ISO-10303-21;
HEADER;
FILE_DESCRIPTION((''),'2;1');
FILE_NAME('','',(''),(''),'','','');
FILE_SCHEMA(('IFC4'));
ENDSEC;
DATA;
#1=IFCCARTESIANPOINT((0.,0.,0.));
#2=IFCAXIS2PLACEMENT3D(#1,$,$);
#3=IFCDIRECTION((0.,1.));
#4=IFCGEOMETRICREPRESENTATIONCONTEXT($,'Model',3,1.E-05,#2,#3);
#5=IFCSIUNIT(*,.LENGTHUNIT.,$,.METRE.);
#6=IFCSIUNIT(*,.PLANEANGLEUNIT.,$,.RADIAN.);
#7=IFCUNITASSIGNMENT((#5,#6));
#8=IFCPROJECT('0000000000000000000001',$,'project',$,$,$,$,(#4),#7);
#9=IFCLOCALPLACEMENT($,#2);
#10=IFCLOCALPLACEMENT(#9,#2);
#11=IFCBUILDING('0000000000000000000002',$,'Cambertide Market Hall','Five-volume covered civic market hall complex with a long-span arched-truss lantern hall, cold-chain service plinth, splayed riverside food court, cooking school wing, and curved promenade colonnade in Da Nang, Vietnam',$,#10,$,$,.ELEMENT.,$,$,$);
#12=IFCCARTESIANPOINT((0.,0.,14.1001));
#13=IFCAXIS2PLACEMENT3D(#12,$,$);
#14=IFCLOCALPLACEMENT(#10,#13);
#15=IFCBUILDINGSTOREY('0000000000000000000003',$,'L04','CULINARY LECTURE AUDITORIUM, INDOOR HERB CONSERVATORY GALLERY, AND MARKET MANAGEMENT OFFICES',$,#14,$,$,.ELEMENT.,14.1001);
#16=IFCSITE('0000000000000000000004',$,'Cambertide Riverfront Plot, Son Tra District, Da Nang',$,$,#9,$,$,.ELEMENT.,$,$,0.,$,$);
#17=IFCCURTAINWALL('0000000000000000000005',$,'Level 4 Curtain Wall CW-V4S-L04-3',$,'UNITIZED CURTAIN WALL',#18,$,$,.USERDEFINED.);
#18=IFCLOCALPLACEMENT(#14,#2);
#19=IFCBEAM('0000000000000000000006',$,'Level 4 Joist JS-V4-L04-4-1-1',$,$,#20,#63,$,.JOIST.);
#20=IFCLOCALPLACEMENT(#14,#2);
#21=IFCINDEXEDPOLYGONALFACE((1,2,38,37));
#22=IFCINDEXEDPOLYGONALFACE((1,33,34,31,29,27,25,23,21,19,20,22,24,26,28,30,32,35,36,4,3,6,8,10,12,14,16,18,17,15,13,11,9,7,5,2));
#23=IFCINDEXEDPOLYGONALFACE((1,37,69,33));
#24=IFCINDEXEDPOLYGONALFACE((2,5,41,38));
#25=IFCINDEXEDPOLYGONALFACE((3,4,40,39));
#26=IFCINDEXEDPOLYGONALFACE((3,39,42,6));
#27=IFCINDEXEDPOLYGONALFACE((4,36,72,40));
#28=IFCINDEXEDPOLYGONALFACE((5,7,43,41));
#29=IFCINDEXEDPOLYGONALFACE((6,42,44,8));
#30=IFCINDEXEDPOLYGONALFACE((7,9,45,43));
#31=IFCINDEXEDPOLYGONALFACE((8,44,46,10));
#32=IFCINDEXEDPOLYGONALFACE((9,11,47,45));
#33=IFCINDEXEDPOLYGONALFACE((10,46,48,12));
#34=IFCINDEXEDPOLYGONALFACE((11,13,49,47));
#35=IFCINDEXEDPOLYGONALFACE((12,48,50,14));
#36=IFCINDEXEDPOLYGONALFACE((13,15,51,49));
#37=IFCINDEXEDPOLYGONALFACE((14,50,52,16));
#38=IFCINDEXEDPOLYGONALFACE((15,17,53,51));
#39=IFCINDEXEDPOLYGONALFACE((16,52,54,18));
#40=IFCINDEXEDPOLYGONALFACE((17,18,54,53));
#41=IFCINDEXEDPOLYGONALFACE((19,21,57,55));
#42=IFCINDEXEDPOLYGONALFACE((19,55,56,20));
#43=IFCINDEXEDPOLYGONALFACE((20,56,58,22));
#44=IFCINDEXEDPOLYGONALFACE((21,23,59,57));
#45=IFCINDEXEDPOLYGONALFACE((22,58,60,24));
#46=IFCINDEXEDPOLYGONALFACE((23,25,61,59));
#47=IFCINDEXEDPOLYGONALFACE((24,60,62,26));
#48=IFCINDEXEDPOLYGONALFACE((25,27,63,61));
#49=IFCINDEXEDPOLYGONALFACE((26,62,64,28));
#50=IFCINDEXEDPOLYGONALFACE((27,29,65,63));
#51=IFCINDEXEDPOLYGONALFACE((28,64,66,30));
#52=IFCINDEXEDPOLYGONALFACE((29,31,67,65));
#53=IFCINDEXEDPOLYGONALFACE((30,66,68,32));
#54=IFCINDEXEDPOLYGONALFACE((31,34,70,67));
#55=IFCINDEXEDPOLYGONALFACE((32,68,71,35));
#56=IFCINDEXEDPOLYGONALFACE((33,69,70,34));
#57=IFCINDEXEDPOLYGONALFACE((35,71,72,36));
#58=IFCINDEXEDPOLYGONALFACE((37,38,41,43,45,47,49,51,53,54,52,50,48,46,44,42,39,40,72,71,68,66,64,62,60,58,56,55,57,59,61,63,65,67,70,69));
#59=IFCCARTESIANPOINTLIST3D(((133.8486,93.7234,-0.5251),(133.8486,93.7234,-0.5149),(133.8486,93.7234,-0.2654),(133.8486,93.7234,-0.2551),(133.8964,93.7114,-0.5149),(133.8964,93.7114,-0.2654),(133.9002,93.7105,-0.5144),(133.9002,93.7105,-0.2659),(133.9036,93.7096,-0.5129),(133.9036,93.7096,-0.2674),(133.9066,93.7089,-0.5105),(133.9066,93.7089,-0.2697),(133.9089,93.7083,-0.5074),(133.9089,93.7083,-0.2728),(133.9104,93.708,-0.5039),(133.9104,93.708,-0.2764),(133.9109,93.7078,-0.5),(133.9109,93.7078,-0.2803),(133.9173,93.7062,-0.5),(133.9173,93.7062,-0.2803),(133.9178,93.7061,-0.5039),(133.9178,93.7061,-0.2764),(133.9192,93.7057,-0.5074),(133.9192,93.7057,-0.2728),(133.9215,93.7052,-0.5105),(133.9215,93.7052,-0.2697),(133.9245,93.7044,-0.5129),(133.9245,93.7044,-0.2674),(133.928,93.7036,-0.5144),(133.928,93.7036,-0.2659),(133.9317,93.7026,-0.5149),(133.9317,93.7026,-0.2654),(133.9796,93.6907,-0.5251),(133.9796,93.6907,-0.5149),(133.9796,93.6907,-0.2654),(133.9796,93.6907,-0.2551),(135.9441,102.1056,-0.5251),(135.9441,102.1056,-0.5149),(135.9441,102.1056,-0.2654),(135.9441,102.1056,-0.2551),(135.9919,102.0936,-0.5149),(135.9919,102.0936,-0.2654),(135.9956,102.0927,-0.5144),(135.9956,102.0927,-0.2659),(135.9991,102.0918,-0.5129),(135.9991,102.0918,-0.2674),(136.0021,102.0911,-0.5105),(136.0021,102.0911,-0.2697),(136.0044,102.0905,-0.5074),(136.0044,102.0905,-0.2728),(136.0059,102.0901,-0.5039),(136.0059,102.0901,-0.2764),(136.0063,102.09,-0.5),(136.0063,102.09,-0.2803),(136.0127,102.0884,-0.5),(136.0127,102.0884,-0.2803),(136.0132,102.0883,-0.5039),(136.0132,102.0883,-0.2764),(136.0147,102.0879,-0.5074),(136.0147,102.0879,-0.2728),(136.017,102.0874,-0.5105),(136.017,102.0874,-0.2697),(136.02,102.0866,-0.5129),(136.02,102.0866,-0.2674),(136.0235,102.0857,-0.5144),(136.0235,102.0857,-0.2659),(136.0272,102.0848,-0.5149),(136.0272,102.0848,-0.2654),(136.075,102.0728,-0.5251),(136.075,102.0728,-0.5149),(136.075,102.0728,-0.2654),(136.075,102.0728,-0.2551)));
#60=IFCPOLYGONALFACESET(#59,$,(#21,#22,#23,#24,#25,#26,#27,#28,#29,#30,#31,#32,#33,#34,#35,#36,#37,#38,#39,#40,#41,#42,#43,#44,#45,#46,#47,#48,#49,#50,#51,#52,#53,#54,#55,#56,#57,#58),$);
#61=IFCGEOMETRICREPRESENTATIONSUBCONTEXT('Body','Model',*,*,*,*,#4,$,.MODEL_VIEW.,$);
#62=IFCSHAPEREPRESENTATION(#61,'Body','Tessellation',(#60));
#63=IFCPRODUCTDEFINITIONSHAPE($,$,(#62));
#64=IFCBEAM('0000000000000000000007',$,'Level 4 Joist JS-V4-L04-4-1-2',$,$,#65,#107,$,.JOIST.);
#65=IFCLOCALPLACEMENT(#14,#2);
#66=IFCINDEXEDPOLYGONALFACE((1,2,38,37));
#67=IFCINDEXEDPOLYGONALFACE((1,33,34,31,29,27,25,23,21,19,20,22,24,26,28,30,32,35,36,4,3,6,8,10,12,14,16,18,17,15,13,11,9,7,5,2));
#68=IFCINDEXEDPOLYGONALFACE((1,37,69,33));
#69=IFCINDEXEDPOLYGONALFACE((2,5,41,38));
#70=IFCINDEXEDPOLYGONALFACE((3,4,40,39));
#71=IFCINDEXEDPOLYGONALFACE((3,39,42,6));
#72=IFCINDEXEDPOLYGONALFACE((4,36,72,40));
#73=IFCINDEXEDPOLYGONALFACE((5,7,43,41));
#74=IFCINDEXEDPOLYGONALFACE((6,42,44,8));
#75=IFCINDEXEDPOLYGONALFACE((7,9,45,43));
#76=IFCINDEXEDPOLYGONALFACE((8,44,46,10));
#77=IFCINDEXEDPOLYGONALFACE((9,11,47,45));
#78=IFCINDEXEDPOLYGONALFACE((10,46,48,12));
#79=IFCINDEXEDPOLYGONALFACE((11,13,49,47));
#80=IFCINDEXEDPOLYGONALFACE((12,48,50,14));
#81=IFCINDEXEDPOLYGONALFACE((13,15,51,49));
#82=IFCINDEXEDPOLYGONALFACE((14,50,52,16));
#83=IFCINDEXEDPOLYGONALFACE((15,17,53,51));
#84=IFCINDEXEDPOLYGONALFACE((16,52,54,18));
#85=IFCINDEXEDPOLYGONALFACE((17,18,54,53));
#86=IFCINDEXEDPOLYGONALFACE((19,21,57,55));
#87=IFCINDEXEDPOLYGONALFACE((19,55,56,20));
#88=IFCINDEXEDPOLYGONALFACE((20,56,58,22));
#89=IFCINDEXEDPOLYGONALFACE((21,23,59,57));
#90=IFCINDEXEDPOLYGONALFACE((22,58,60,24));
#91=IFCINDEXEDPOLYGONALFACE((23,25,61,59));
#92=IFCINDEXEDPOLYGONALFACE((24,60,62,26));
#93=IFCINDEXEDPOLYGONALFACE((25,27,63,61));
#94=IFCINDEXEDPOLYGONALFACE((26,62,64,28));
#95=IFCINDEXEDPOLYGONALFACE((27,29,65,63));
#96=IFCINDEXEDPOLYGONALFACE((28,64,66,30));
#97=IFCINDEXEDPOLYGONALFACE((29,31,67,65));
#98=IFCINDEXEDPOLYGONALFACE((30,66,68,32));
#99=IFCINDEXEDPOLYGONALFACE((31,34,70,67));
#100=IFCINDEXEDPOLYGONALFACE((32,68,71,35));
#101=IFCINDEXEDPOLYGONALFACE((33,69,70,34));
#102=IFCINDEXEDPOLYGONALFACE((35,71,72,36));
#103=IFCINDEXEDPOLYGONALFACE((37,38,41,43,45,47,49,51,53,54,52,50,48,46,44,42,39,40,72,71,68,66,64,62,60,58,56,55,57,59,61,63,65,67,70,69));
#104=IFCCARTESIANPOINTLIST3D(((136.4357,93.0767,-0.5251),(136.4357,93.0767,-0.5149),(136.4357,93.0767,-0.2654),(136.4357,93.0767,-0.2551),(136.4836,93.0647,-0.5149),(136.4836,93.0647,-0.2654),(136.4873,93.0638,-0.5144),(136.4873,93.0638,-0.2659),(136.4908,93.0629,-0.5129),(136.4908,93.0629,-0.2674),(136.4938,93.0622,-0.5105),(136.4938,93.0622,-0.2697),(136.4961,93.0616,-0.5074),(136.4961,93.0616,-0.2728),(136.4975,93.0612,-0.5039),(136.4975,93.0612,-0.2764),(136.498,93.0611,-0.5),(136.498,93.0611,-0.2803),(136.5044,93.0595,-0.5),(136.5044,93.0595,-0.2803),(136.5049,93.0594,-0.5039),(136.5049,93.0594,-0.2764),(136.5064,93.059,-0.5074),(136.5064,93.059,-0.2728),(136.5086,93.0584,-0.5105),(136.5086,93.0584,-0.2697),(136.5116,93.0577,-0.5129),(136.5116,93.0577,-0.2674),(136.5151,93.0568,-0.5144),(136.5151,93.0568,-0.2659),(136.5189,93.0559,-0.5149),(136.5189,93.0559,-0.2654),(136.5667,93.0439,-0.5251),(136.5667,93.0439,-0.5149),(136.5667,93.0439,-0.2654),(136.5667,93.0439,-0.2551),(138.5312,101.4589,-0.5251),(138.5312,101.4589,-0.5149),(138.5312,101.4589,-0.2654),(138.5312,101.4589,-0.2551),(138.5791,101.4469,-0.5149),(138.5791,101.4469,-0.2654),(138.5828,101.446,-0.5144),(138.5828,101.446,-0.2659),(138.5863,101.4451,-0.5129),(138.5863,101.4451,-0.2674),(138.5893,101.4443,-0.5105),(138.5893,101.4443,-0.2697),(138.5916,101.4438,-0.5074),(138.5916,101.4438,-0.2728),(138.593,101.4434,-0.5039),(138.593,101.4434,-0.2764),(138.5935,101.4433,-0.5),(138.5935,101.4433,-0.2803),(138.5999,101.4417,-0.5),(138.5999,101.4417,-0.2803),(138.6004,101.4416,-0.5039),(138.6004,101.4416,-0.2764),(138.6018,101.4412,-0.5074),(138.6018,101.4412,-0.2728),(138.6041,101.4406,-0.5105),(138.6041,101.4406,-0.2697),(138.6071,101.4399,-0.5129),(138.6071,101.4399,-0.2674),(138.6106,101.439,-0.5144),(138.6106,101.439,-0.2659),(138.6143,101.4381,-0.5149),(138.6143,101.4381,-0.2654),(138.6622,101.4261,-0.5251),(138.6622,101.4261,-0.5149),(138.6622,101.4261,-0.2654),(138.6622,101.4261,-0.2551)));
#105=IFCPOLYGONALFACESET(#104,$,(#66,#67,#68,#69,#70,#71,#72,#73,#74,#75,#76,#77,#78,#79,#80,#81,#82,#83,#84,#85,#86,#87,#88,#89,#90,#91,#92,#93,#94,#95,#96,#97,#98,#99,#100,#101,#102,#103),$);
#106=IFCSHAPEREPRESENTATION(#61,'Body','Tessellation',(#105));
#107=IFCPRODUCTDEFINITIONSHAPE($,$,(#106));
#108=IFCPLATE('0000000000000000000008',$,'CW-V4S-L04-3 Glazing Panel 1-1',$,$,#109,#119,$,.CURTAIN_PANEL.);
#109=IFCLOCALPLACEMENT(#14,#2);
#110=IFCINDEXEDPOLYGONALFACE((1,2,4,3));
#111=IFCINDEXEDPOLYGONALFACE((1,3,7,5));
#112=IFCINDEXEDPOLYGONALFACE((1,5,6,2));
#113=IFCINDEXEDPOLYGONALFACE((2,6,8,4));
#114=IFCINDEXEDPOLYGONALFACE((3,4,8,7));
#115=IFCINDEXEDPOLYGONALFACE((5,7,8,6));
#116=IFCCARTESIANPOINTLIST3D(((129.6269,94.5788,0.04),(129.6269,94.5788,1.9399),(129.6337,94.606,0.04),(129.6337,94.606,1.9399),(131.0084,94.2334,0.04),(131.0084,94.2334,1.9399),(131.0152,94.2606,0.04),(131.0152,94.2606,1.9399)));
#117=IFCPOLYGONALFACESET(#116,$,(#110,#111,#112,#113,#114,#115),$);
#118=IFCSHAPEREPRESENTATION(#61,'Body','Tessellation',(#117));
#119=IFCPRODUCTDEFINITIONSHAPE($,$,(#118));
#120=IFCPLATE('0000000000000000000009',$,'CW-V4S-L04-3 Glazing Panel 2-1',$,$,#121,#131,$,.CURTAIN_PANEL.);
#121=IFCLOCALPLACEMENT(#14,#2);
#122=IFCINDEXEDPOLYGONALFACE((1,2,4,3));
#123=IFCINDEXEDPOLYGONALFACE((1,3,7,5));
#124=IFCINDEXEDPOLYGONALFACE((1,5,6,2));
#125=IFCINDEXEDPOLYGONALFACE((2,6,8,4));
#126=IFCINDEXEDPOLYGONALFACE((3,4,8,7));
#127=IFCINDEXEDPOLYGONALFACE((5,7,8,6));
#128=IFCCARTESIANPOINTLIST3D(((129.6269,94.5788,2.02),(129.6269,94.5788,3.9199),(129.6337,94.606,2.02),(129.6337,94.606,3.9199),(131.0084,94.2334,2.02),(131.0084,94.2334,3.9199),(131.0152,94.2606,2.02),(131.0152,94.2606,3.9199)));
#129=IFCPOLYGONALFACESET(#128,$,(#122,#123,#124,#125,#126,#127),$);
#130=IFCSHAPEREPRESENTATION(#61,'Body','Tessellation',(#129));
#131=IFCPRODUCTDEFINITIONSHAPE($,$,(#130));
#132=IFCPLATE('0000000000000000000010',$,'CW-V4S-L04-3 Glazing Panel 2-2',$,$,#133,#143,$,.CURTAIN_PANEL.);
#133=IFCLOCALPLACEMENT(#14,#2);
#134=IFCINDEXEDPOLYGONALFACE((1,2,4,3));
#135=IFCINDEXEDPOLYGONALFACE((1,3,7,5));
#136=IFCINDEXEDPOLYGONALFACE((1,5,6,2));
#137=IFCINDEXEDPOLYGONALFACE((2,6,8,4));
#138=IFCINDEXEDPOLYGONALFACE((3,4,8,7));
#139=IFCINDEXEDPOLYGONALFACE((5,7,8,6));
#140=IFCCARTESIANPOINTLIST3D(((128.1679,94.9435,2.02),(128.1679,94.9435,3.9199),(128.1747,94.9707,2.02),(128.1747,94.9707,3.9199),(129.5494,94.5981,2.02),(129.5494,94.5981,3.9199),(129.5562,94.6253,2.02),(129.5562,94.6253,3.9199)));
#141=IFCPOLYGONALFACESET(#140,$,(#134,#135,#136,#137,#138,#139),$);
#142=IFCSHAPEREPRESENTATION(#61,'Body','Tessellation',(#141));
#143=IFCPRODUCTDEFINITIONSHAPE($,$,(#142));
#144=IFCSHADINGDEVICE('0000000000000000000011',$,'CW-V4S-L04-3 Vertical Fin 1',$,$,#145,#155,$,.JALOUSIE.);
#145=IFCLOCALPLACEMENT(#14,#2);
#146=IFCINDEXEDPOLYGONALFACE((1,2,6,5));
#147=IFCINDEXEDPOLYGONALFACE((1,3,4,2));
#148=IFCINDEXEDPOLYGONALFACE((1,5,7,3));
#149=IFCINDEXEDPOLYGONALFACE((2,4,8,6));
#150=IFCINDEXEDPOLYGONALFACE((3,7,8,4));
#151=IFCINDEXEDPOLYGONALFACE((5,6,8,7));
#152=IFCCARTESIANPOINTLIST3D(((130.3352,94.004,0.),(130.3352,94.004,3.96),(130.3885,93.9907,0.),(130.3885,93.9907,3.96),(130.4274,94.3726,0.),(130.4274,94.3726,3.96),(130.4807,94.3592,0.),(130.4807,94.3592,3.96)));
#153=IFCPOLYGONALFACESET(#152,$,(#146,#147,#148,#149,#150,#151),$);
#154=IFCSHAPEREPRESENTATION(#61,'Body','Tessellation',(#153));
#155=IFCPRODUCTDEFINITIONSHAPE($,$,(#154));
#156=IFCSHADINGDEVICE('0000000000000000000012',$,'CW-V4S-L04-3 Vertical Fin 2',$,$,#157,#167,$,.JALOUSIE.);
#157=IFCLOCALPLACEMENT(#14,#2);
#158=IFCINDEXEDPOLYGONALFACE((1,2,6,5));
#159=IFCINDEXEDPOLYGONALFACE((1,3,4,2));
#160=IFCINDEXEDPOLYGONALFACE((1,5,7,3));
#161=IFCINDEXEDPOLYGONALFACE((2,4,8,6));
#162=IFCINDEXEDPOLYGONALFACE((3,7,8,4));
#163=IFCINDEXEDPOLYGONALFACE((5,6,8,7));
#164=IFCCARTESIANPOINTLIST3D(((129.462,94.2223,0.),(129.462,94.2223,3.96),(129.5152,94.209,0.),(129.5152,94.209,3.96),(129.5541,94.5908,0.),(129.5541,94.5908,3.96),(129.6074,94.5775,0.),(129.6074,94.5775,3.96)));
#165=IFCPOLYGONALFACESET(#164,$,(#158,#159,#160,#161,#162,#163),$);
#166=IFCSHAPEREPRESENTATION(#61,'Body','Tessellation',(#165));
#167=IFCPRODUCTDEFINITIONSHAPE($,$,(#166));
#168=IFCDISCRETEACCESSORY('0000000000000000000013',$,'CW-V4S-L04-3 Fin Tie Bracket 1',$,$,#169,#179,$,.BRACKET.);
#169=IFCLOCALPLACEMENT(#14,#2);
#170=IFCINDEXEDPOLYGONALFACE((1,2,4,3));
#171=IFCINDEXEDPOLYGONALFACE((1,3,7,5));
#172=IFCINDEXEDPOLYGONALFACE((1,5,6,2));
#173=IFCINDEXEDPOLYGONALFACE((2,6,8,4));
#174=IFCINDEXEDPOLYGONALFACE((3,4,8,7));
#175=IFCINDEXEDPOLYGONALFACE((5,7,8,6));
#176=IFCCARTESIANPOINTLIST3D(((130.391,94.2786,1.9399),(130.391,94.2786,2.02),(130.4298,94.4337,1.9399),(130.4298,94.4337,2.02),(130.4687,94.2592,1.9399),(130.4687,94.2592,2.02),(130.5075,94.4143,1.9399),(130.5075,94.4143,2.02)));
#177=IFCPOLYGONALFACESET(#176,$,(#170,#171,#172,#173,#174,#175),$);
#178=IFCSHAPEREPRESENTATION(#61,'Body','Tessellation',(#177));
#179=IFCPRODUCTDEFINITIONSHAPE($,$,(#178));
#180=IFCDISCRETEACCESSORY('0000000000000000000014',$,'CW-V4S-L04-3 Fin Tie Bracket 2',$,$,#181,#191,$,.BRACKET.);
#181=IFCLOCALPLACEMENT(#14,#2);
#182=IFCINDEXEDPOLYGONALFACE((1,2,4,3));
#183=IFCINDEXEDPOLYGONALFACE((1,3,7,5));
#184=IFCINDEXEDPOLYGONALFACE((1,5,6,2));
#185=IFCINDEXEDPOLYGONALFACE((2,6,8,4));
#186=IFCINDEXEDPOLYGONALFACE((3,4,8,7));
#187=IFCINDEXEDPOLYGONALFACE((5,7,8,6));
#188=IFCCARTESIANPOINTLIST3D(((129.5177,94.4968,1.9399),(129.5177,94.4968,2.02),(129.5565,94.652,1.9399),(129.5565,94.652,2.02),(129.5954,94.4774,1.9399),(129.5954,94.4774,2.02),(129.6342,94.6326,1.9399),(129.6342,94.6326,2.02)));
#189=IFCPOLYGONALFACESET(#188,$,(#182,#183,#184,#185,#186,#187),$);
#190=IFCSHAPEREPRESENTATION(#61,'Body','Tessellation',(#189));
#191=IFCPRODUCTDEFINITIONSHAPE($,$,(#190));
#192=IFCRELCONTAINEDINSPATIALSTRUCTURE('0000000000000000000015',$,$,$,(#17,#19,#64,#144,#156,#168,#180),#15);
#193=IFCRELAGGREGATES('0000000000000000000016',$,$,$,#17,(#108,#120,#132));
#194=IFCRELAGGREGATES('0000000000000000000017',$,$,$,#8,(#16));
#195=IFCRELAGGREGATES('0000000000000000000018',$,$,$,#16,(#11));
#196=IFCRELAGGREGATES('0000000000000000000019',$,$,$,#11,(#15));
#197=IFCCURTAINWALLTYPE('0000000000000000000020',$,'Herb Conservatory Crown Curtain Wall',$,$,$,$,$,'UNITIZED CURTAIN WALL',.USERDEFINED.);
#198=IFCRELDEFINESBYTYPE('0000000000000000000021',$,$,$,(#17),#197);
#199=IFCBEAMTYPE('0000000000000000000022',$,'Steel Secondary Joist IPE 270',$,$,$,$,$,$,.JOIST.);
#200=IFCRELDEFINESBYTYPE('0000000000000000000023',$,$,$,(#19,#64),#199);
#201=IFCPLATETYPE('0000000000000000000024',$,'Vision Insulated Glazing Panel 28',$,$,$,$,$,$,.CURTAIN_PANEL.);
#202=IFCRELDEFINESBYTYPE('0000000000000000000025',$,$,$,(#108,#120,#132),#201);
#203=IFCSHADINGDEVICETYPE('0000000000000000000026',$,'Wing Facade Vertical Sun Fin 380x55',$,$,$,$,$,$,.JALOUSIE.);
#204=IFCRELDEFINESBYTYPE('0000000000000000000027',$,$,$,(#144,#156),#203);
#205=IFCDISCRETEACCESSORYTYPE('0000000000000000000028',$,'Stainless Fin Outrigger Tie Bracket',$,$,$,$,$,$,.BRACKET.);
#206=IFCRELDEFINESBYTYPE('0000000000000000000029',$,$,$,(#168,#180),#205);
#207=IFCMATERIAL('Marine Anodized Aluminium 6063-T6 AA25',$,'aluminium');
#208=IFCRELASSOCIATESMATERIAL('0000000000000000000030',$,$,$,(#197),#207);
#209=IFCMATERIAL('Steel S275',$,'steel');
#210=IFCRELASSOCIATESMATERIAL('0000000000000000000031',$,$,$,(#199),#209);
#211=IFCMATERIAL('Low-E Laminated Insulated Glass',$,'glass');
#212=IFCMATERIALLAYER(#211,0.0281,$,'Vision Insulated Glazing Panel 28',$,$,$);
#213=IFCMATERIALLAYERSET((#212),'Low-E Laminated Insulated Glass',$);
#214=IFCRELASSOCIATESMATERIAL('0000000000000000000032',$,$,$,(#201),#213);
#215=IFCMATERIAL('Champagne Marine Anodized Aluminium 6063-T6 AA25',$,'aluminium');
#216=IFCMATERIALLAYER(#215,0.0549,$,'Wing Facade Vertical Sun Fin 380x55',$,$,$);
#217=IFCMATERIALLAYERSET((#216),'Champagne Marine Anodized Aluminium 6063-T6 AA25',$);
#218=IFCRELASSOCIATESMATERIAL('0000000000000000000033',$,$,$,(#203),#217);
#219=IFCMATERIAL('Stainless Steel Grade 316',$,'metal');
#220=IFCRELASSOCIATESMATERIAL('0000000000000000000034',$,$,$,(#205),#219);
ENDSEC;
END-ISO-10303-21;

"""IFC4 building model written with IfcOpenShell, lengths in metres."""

from ifc_helpers import new_model, si_unit, direction, frame, origin, origin_2d, place, context, subcontext, project, spatial, rectangle, i_section, extrude, material, layer, layer_set, material_profile, profile_set, type_object, element, aggregate, save


model = new_model("IFC4")

# Units and contexts
model_context = context("Model", 3, precision=1e-05, world=origin(), true_north=direction((0.0, 1.0)))
body_context = subcontext(model_context, "Body", "Model", "MODEL_VIEW")
ifc_project = project(units=[si_unit("LENGTHUNIT", "METRE"), si_unit("PLANEANGLEUNIT", "RADIAN")], contexts=[model_context])

# Site, building, storey
site_placement = place(None, origin())
site = spatial("IfcSite", under=ifc_project, at=site_placement, Name="Cambertide Riverfront Plot, Son Tra District, Da Nang", CompositionType="ELEMENT", RefElevation=0.0)
building_placement = place(site_placement, origin())
building = spatial("IfcBuilding", under=site, at=building_placement, Name="Cambertide Market Hall", Description="Five-volume covered civic market hall complex with a long-span arched-truss lantern hall, cold-chain service plinth, splayed riverside food court, cooking school wing, and curved promenade colonnade in Da Nang, Vietnam", CompositionType="ELEMENT")
storey_placement = place(building_placement, frame((0.0, 0.0, 14.1001)))
storey = spatial("IfcBuildingStorey", under=building, at=storey_placement, Name="L04", Description="CULINARY LECTURE AUDITORIUM, INDOOR HERB CONSERVATORY GALLERY, AND MARKET MANAGEMENT OFFICES", CompositionType="ELEMENT", Elevation=14.1001)

# Curtain wall
ifc_material_1 = material(Name="Marine Anodized Aluminium 6063-T6 AA25", Category="aluminium")
curtain_wall_type = type_object("IfcCurtainWallType", Name="Herb Conservatory Crown Curtain Wall", ElementType="UNITIZED CURTAIN WALL", PredefinedType="USERDEFINED", material=ifc_material_1)
curtain_wall_placement = place(storey_placement, origin())
curtain_wall = element("IfcCurtainWall", 1, at=curtain_wall_placement, inside=storey, type_object=curtain_wall_type, Name="Level 4 Curtain Wall CW-V4S-L04-3", ObjectType="UNITIZED CURTAIN WALL", PredefinedType="USERDEFINED")

# Beams
ifc_material_2 = material(Name="Steel S275", Category="steel")
ifc_material_profile_1 = material_profile(ifc_material_2, i_section(OverallWidth=0.135, OverallDepth=0.27, WebThickness=0.0066, FlangeThickness=0.0103, FilletRadius=0.0149, at=origin_2d()), Name="IPE 270")
ifc_profile_set_1 = profile_set([ifc_material_profile_1], Name="Steel S275")
beam_type_1 = type_object("IfcBeamType", Name="Steel Secondary Joist IPE 270", PredefinedType="JOIST", material=ifc_profile_set_1)
for number, where, z_axis, x_axis, name in (
    (2, (133.9141, 93.707, -0.3901), (0.242529, 0.970144, 0.0), (-0.970144, 0.242529, 0.0), "Level 4 Joist JS-V4-L04-4-1-1"),
    (3, (136.5012, 93.0603, -0.3901), (0.242529, 0.970144, 0.0), (-0.970144, 0.242529, 0.0), "Level 4 Joist JS-V4-L04-4-1-2"),
):
    element("IfcBeam", number, at=place(storey_placement, frame(where, z_axis=z_axis, x_axis=x_axis)), inside=storey, type_object=beam_type_1, Name=name, PredefinedType="JOIST", context=body_context, shape_type="SweptSolid", body=[
        extrude(i_section(OverallWidth=0.135, OverallDepth=0.27, WebThickness=0.0066, FlangeThickness=0.0103, FilletRadius=0.0149, at=origin_2d()), origin(), (0.0, 0.0, 1.0), 8.6401),
    ])

# Plates
ifc_material_3 = material(Name="Low-E Laminated Insulated Glass", Category="glass")
ifc_layer_1 = layer(ifc_material_3, 0.0281, Name="Vision Insulated Glazing Panel 28")
ifc_layer_set_1 = layer_set([ifc_layer_1], Name="Low-E Laminated Insulated Glass")
plate_type = type_object("IfcPlateType", Name="Vision Insulated Glazing Panel 28", PredefinedType="CURTAIN_PANEL", material=ifc_layer_set_1)
plate_1_placement = place(storey_placement, frame((130.321, 94.4197, 0.04), z_axis=(0.0, 0.0, 1.0), x_axis=(-0.970143, 0.242535, 0.0)))
plate_1 = element("IfcPlate", 4, at=plate_1_placement, type_object=plate_type, Name="CW-V4S-L04-3 Glazing Panel 1-1", PredefinedType="CURTAIN_PANEL", context=body_context, shape_type="SweptSolid", body=[
    extrude(rectangle(XDim=1.4241, YDim=0.0281, at=origin_2d()), origin(), (0.0, 0.0, 1.0), 1.8999),
])
plate_2_placement = place(storey_placement, frame((130.321, 94.4197, 2.02), z_axis=(0.0, 0.0, 1.0), x_axis=(-0.970143, 0.242535, 0.0)))
plate_2 = element("IfcPlate", 5, at=plate_2_placement, type_object=plate_type, Name="CW-V4S-L04-3 Glazing Panel 2-1", PredefinedType="CURTAIN_PANEL", context=body_context, shape_type="SweptSolid", body=[
    extrude(rectangle(XDim=1.4241, YDim=0.0281, at=origin_2d()), origin(), (0.0, 0.0, 1.0), 1.8999),
])
plate_3_placement = place(storey_placement, frame((128.8621, 94.7844, 2.02), z_axis=(0.0, 0.0, 1.0), x_axis=(-0.970143, 0.242535, 0.0)))
plate_3 = element("IfcPlate", 6, at=plate_3_placement, type_object=plate_type, Name="CW-V4S-L04-3 Glazing Panel 2-2", PredefinedType="CURTAIN_PANEL", context=body_context, shape_type="SweptSolid", body=[
    extrude(rectangle(XDim=1.4241, YDim=0.0281, at=origin_2d()), origin(), (0.0, 0.0, 1.0), 1.8999),
])
aggregate(curtain_wall, [plate_1, plate_2, plate_3])

# Shading devices
ifc_material_4 = material(Name="Champagne Marine Anodized Aluminium 6063-T6 AA25", Category="aluminium")
ifc_layer_2 = layer(ifc_material_4, 0.0549, Name="Wing Facade Vertical Sun Fin 380x55")
ifc_layer_set_2 = layer_set([ifc_layer_2], Name="Champagne Marine Anodized Aluminium 6063-T6 AA25")
shading_device_type = type_object("IfcShadingDeviceType", Name="Wing Facade Vertical Sun Fin 380x55", PredefinedType="JALOUSIE", material=ifc_layer_set_2)
for number, where, z_axis, x_axis, name in (
    (7, (130.408, 94.1816, 0.0), (0.0, 0.0, 1.0), (-0.970143, 0.242535, 0.0), "CW-V4S-L04-3 Vertical Fin 1"),
    (8, (129.5347, 94.3999, 0.0), (0.0, 0.0, 1.0), (-0.970143, 0.242535, 0.0), "CW-V4S-L04-3 Vertical Fin 2"),
):
    element("IfcShadingDevice", number, at=place(storey_placement, frame(where, z_axis=z_axis, x_axis=x_axis)), inside=storey, type_object=shading_device_type, Name=name, PredefinedType="JALOUSIE", context=body_context, shape_type="SweptSolid", body=[
        extrude(rectangle(XDim=0.0549, YDim=0.3799, at=origin_2d()), origin(), (0.0, 0.0, 1.0), 3.96),
    ])

# Discrete accessories
ifc_material_5 = material(Name="Stainless Steel Grade 316", Category="metal")
discrete_accessory_type = type_object("IfcDiscreteAccessoryType", Name="Stainless Fin Outrigger Tie Bracket", PredefinedType="BRACKET", material=ifc_material_5)
for number, where, z_axis, x_axis, name in (
    (9, (130.4492, 94.3464, 1.9399), (0.0, 0.0, 1.0), (-0.970143, 0.242535, 0.0), "CW-V4S-L04-3 Fin Tie Bracket 1"),
    (10, (129.5759, 94.5647, 1.9399), (0.0, 0.0, 1.0), (-0.970143, 0.242535, 0.0), "CW-V4S-L04-3 Fin Tie Bracket 2"),
):
    element("IfcDiscreteAccessory", number, at=place(storey_placement, frame(where, z_axis=z_axis, x_axis=x_axis)), inside=storey, type_object=discrete_accessory_type, Name=name, PredefinedType="BRACKET", context=body_context, shape_type="SweptSolid", body=[
        extrude(rectangle(XDim=0.0801, YDim=0.1599, at=origin_2d()), origin(), (0.0, 0.0, 1.0), 0.0801),
    ])

save(model, "model.ifc")
